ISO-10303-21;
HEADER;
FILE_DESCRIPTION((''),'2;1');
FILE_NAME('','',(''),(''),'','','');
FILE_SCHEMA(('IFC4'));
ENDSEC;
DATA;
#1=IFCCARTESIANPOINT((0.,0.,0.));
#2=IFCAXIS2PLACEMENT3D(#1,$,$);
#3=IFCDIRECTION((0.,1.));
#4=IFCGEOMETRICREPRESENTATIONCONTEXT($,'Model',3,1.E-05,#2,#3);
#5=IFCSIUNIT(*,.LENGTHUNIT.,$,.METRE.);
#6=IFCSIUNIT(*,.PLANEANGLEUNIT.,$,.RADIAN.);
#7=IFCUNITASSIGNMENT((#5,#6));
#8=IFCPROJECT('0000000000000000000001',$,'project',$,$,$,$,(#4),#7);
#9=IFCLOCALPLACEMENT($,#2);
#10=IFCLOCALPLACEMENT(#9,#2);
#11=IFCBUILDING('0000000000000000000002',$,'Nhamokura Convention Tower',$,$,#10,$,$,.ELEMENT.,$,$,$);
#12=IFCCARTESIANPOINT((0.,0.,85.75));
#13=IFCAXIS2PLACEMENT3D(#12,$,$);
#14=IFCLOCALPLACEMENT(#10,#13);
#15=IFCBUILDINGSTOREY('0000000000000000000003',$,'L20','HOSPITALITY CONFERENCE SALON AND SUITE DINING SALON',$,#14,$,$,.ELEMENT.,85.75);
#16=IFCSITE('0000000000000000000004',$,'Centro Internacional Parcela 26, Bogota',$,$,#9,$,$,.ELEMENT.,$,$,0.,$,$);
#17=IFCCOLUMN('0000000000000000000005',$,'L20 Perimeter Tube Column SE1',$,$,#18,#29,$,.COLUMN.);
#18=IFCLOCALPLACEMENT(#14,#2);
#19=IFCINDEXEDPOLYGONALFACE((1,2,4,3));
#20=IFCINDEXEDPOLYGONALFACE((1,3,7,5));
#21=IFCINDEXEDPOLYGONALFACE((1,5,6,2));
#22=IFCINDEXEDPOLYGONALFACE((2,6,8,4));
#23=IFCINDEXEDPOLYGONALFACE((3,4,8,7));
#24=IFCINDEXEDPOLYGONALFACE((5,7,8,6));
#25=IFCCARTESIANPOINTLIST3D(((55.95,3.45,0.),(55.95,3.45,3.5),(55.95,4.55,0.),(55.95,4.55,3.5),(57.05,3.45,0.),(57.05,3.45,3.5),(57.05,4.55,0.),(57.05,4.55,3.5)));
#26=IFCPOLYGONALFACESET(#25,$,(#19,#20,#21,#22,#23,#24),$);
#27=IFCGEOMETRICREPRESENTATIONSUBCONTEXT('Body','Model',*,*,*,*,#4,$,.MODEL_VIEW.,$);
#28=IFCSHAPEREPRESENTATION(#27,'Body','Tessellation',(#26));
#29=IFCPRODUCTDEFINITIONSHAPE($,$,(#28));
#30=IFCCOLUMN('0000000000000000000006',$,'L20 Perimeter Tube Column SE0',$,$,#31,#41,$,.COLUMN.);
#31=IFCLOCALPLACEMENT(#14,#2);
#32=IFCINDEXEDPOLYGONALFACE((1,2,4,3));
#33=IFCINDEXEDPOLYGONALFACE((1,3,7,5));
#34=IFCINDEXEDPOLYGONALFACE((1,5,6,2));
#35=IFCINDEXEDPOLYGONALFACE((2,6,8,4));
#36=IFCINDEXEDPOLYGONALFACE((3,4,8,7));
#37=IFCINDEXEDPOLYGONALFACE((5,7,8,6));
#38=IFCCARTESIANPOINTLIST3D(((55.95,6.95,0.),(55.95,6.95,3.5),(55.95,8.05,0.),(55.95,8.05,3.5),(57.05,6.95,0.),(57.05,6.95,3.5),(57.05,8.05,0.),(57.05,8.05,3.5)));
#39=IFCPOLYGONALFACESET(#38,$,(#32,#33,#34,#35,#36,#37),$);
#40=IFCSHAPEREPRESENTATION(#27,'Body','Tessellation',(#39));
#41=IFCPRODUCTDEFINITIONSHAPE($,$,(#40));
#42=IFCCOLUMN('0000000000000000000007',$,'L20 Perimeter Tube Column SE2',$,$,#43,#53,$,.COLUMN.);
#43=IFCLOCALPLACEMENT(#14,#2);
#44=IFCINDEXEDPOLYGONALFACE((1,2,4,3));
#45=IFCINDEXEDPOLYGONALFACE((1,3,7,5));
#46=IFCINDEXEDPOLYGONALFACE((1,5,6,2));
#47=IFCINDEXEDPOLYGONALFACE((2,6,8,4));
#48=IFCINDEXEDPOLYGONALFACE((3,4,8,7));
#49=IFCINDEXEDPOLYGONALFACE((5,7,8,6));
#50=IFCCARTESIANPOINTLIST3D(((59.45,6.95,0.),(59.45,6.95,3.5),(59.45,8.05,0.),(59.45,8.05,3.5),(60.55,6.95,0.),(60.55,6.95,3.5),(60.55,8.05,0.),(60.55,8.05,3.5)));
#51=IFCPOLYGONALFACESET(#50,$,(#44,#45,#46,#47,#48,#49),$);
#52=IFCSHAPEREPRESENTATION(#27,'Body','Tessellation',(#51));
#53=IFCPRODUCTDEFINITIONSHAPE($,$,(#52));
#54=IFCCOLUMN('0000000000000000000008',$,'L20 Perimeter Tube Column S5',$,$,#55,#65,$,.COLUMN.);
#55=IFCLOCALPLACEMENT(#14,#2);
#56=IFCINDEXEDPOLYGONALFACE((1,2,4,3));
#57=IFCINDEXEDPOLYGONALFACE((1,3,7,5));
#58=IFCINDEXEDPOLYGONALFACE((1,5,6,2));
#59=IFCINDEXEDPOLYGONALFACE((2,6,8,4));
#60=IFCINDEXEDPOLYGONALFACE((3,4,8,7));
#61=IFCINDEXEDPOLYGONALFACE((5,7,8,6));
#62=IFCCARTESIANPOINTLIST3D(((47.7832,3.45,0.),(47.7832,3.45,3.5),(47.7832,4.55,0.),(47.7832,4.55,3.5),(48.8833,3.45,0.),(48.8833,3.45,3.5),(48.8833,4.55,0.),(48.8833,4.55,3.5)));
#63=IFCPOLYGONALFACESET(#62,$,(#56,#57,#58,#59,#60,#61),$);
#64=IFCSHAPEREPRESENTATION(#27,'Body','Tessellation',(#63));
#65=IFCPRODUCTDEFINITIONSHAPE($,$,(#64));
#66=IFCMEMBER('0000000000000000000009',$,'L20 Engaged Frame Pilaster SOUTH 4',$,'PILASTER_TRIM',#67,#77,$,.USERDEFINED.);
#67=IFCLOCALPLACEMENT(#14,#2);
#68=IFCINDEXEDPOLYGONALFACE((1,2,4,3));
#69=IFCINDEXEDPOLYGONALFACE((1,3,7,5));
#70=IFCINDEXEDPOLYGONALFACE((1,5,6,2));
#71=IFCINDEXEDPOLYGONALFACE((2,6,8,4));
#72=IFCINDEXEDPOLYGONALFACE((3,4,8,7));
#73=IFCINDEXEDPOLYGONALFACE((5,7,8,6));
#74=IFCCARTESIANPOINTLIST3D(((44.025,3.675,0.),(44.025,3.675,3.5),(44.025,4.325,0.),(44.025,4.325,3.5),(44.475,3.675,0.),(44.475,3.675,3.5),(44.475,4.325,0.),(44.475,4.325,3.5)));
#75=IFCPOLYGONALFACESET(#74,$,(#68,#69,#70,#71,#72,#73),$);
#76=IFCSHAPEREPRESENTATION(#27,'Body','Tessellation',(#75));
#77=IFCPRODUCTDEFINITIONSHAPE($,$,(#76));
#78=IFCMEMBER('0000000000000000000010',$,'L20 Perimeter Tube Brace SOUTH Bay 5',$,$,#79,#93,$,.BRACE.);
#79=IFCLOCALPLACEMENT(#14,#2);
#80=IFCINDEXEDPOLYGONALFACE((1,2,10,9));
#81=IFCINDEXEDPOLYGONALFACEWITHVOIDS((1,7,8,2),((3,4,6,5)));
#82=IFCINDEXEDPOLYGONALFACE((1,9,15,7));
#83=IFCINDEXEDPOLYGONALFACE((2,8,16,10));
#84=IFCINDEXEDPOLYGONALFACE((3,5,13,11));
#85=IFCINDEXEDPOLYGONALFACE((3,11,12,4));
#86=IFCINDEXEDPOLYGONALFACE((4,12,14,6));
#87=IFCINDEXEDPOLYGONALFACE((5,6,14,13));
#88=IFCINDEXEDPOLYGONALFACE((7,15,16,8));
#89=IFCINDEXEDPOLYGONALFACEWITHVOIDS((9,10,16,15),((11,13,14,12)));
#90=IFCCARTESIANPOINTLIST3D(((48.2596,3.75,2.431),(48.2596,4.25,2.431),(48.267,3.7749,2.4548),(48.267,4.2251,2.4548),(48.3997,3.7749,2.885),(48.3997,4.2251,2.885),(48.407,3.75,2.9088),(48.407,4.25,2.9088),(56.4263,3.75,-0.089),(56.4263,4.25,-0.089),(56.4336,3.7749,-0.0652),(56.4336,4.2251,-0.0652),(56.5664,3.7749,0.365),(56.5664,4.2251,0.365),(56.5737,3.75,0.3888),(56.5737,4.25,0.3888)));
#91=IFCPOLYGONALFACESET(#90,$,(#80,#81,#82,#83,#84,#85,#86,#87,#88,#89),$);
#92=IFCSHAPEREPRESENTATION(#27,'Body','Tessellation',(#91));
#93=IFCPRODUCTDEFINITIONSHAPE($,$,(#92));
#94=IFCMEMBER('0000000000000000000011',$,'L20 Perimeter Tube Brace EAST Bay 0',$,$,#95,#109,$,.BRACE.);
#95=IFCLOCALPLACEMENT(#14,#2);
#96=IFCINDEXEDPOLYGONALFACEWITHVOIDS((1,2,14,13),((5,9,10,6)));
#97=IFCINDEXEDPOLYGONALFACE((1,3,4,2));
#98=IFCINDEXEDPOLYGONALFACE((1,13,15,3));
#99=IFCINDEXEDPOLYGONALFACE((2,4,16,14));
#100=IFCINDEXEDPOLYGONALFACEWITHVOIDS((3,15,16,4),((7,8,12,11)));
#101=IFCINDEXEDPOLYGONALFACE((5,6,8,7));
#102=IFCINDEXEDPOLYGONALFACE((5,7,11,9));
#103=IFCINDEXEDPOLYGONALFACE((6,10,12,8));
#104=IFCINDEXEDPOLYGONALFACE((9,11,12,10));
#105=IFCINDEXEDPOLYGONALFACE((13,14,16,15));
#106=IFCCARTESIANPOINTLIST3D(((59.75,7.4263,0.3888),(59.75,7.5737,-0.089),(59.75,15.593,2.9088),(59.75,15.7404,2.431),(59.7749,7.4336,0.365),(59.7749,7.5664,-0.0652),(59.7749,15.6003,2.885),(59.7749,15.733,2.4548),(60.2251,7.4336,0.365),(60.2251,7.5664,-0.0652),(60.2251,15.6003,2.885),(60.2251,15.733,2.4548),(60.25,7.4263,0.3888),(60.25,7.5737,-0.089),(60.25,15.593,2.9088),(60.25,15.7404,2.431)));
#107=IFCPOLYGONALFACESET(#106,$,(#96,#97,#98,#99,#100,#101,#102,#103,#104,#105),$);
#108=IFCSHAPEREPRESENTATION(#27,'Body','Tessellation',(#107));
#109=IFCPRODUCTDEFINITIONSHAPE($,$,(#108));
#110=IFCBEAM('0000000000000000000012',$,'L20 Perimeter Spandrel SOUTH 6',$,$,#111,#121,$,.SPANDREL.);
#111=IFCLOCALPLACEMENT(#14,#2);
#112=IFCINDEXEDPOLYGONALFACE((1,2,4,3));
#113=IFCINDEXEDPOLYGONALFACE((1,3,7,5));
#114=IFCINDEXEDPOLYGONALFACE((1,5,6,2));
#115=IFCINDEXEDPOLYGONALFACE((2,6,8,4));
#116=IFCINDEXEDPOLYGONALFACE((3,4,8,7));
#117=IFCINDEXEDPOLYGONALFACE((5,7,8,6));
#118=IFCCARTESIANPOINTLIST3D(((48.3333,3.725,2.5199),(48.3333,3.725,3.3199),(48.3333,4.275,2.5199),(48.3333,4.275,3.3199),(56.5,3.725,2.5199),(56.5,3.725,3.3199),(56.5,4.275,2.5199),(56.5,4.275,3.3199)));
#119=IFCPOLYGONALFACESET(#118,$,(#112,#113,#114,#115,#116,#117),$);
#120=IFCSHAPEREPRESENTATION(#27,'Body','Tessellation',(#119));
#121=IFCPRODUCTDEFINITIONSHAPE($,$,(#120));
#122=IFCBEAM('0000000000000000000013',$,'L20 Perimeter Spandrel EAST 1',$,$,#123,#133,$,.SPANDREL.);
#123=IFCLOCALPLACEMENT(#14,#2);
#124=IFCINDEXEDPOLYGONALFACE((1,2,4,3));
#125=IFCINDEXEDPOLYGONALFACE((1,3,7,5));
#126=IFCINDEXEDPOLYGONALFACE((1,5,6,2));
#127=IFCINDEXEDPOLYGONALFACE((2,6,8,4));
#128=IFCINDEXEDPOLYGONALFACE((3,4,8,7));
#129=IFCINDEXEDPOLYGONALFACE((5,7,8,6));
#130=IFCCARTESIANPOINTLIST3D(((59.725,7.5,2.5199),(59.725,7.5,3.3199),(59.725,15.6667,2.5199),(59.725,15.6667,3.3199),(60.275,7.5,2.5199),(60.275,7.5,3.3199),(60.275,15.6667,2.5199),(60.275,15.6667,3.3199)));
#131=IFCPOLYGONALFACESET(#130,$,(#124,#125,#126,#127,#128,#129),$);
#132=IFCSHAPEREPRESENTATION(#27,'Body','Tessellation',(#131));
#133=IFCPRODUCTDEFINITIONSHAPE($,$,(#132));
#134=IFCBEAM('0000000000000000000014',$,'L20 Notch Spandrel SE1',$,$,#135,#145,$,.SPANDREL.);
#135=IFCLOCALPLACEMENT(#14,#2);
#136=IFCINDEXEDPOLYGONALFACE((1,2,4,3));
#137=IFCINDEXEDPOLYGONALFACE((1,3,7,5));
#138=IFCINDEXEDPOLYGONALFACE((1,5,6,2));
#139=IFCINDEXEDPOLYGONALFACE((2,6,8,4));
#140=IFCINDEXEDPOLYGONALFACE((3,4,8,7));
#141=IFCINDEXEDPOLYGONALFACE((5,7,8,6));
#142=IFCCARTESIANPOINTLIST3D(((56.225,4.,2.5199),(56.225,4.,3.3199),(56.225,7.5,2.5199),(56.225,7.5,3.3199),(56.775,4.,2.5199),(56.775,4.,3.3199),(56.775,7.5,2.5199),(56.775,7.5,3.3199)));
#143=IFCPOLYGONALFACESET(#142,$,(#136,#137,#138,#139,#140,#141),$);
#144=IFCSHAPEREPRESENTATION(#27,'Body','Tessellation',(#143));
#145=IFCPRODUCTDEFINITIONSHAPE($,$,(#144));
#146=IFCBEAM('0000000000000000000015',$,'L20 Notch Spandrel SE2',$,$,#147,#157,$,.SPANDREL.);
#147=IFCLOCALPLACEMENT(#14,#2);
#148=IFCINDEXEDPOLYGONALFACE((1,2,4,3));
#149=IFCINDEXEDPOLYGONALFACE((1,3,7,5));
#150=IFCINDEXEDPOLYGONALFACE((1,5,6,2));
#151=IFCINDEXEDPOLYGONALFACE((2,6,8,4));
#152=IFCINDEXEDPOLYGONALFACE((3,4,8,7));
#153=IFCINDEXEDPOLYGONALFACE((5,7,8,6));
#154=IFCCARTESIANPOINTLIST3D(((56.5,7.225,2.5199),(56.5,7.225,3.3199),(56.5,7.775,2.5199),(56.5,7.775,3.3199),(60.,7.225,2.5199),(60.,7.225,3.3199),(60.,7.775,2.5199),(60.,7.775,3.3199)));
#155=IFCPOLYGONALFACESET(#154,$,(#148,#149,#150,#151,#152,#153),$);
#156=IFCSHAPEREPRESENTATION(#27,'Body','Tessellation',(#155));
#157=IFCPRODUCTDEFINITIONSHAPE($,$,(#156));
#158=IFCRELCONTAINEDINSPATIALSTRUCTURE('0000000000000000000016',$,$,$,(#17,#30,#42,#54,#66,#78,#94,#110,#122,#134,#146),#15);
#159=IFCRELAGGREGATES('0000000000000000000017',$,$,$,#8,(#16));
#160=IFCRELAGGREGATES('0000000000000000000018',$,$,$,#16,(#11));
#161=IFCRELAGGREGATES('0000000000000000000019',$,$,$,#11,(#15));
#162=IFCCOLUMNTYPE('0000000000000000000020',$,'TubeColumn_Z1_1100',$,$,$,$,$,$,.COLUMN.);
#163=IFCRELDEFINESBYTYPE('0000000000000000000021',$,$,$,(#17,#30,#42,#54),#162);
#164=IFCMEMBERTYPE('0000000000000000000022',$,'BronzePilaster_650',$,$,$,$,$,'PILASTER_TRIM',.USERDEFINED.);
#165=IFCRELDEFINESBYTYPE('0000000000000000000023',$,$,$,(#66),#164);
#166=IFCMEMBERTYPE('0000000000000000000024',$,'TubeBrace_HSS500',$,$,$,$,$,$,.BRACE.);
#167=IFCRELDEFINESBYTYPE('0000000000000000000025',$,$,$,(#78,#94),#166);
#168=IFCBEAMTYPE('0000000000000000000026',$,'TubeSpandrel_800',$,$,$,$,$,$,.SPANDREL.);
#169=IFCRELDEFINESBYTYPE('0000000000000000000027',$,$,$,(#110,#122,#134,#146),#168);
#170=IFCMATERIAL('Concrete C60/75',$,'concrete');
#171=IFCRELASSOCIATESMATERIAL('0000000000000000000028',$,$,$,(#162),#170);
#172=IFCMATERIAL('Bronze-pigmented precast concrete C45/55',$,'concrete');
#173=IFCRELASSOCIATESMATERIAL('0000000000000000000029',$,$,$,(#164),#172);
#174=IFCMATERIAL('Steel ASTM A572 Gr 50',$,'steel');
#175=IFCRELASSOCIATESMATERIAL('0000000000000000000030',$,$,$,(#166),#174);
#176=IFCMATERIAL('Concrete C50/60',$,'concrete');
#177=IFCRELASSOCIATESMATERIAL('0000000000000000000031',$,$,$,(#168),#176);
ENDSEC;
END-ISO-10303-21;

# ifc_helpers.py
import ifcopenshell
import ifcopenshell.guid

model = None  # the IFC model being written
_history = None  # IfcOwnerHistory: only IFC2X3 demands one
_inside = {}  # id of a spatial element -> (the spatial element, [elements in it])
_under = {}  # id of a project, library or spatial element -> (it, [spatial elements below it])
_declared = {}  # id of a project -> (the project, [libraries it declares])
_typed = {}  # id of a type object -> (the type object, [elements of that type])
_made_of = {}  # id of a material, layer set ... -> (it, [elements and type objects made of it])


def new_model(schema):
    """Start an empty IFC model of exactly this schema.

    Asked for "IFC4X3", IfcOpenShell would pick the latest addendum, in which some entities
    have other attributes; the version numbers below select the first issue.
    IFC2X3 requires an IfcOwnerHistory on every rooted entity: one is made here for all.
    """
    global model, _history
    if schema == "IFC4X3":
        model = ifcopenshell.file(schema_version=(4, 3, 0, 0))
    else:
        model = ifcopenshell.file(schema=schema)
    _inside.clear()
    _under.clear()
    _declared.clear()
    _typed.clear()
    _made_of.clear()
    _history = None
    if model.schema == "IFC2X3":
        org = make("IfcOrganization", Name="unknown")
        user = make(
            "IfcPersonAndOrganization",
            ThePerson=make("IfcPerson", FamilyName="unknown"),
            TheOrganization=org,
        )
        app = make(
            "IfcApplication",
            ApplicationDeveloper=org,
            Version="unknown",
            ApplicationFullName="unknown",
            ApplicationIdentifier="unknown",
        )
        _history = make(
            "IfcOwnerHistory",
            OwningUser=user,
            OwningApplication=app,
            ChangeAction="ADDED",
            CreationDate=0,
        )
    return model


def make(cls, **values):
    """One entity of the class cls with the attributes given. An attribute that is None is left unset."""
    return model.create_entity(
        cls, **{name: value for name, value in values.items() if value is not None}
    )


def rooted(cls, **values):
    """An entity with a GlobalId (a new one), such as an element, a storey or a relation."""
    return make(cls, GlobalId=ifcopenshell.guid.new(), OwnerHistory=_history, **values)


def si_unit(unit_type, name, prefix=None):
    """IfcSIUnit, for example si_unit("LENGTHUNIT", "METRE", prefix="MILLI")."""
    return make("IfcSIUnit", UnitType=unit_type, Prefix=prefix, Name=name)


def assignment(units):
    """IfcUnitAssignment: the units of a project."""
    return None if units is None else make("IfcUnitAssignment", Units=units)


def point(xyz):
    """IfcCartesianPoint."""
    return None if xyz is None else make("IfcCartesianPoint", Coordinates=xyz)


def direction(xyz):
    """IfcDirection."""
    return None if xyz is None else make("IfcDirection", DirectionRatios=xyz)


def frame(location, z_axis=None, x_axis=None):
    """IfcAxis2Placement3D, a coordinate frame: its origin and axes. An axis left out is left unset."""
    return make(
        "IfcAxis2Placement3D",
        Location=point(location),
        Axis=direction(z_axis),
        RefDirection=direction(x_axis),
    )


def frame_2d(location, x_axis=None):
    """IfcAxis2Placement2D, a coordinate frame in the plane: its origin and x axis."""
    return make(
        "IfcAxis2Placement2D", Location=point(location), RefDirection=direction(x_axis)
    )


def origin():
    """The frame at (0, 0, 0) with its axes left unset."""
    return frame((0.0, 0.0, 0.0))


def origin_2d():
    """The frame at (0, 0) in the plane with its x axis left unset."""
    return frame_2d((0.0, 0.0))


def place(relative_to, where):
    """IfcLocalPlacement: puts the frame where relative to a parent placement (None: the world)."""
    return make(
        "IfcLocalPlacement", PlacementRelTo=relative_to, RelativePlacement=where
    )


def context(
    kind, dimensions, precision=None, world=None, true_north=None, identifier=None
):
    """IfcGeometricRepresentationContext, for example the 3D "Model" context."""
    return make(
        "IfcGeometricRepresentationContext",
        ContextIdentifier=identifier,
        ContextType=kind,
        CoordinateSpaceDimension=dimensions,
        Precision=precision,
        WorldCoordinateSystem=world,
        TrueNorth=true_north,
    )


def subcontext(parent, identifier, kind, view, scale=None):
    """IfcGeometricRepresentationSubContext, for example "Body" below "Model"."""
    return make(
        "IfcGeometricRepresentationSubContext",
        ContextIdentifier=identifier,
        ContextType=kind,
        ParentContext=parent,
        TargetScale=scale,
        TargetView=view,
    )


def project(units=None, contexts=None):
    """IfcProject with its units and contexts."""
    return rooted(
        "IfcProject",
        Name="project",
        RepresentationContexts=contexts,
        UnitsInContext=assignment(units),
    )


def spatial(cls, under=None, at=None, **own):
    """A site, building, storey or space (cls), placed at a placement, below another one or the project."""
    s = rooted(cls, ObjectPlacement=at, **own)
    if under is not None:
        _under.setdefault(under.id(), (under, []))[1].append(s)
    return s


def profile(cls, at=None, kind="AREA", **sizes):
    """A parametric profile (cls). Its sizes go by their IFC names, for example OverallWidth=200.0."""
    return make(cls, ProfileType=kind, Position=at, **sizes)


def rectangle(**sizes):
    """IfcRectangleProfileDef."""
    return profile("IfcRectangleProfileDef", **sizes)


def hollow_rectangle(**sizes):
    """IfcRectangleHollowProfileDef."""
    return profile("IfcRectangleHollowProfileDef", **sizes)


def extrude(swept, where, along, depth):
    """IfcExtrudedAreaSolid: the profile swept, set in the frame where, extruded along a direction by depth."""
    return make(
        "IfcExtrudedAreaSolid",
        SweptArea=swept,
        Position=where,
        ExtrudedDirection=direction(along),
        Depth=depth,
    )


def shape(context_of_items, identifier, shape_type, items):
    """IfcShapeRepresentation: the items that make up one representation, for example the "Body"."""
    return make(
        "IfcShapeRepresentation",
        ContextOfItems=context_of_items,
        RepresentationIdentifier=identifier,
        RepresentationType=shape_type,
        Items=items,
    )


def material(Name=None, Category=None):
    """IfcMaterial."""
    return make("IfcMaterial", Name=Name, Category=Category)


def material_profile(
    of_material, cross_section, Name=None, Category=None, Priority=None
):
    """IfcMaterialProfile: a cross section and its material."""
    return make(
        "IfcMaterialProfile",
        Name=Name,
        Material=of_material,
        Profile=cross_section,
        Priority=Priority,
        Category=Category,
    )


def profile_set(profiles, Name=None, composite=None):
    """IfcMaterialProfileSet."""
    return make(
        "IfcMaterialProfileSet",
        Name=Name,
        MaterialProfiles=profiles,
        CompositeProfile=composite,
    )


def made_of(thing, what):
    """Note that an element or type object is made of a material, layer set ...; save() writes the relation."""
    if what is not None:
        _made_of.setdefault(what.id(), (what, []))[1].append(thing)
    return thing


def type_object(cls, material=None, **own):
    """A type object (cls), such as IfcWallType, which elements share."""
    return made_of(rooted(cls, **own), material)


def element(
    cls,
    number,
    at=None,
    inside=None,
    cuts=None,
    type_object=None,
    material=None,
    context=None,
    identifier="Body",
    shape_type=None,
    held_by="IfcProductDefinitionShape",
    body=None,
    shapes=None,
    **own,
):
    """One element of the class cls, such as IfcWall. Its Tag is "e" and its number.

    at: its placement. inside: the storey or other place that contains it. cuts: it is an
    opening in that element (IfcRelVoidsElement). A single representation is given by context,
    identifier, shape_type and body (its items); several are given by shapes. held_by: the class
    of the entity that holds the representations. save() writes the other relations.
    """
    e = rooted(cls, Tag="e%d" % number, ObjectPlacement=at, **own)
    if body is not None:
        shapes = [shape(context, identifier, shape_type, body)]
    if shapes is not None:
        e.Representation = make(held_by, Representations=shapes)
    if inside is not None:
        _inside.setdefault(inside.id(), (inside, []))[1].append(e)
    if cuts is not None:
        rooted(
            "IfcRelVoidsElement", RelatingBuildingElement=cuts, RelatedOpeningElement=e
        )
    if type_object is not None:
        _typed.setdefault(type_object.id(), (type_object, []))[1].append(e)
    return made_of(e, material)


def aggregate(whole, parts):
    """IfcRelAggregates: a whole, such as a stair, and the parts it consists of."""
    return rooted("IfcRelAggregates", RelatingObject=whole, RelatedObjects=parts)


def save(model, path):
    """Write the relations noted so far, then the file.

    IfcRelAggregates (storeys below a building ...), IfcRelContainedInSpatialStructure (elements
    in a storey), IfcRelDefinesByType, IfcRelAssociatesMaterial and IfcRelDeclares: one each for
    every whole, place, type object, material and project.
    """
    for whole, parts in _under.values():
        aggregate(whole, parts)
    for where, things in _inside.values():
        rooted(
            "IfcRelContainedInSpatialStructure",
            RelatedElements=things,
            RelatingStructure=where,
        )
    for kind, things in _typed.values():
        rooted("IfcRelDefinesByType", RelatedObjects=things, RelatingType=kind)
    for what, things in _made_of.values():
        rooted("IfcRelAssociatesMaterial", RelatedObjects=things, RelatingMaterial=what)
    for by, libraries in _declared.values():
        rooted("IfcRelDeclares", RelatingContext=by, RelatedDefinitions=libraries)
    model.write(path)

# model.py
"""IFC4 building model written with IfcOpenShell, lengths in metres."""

from ifc_helpers import new_model, si_unit, direction, frame, origin, origin_2d, place, context, subcontext, project, spatial, rectangle, hollow_rectangle, extrude, material, material_profile, profile_set, type_object, element, save


model = new_model("IFC4")

# Units and contexts
model_context = context("Model", 3, precision=1e-05, world=origin(), true_north=direction((0.0, 1.0)))
body_context = subcontext(model_context, "Body", "Model", "MODEL_VIEW")
ifc_project = project(units=[si_unit("LENGTHUNIT", "METRE"), si_unit("PLANEANGLEUNIT", "RADIAN")], contexts=[model_context])

# Site, building, storey
site_placement = place(None, origin())
site = spatial("IfcSite", under=ifc_project, at=site_placement, Name="Centro Internacional Parcela 26, Bogota", CompositionType="ELEMENT", RefElevation=0.0)
building_placement = place(site_placement, origin())
building = spatial("IfcBuilding", under=site, at=building_placement, Name="Nhamokura Convention Tower", CompositionType="ELEMENT")
storey_placement = place(building_placement, frame((0.0, 0.0, 85.75)))
storey = spatial("IfcBuildingStorey", under=building, at=storey_placement, Name="L20", Description="HOSPITALITY CONFERENCE SALON AND SUITE DINING SALON", CompositionType="ELEMENT", Elevation=85.75)

# Columns
ifc_material_1 = material(Name="Concrete C60/75", Category="concrete")
ifc_material_profile_1 = material_profile(ifc_material_1, rectangle(XDim=1.1001, YDim=1.1001, at=origin_2d()))
ifc_profile_set_1 = profile_set([ifc_material_profile_1], Name="Concrete C60/75")
column_type = type_object("IfcColumnType", Name="TubeColumn_Z1_1100", PredefinedType="COLUMN", material=ifc_profile_set_1)
for number, where, z_axis, x_axis, name in (
    (1, (56.5, 4.0, 0.0), (0.0, 0.0, 1.0), (1.0, 0.0, 0.0), "L20 Perimeter Tube Column SE1"),
    (2, (56.5, 7.5, 0.0), (0.0, 0.0, 1.0), (1.0, 0.0, 0.0), "L20 Perimeter Tube Column SE0"),
    (3, (60.0, 7.5, 0.0), (0.0, 0.0, 1.0), (1.0, 0.0, 0.0), "L20 Perimeter Tube Column SE2"),
    (4, (48.3333, 4.0, 0.0), (0.0, 0.0, 1.0), (1.0, 0.0, 0.0), "L20 Perimeter Tube Column S5"),
):
    element("IfcColumn", number, at=place(storey_placement, frame(where, z_axis=z_axis, x_axis=x_axis)), inside=storey, type_object=column_type, Name=name, PredefinedType="COLUMN", context=body_context, shape_type="SweptSolid", body=[
        extrude(rectangle(XDim=1.1001, YDim=1.1001, at=origin_2d()), origin(), (0.0, 0.0, 1.0), 3.5),
    ])

# Members
ifc_material_2 = material(Name="Bronze-pigmented precast concrete C45/55", Category="concrete")
ifc_material_profile_2 = material_profile(ifc_material_2, rectangle(XDim=0.45, YDim=0.6499, at=origin_2d()))
ifc_profile_set_2 = profile_set([ifc_material_profile_2], Name="Bronze-pigmented precast concrete C45/55")
member_type_1 = type_object("IfcMemberType", Name="BronzePilaster_650", ElementType="PILASTER_TRIM", PredefinedType="USERDEFINED", material=ifc_profile_set_2)
member_placement = place(storey_placement, frame((44.25, 4.0, 0.0), z_axis=(0.0, 0.0, 1.0), x_axis=(1.0, 0.0, 0.0)))
element("IfcMember", 5, at=member_placement, inside=storey, type_object=member_type_1, Name="L20 Engaged Frame Pilaster SOUTH 4", ObjectType="PILASTER_TRIM", PredefinedType="USERDEFINED", context=body_context, shape_type="SweptSolid", body=[
    extrude(rectangle(XDim=0.45, YDim=0.6499, at=origin_2d()), origin(), (0.0, 0.0, 1.0), 3.5),
])
ifc_material_3 = material(Name="Steel ASTM A572 Gr 50", Category="steel")
ifc_material_profile_3 = material_profile(ifc_material_3, hollow_rectangle(XDim=0.5, YDim=0.5, WallThickness=0.0249, at=origin_2d()))
ifc_profile_set_3 = profile_set([ifc_material_profile_3], Name="Steel ASTM A572 Gr 50")
member_type_2 = type_object("IfcMemberType", Name="TubeBrace_HSS500", PredefinedType="BRACE", material=ifc_profile_set_3)
for number, where, z_axis, x_axis, name in (
    (6, (56.5, 4.0, 0.1499), (-0.955543, 0.0, 0.294853), (0.0, -1.0, 0.0), "L20 Perimeter Tube Brace SOUTH Bay 5"),
    (7, (60.0, 7.5, 0.1499), (0.0, 0.955543, 0.294853), (-1.0, 0.0, 0.0), "L20 Perimeter Tube Brace EAST Bay 0"),
):
    element("IfcMember", number, at=place(storey_placement, frame(where, z_axis=z_axis, x_axis=x_axis)), inside=storey, type_object=member_type_2, Name=name, PredefinedType="BRACE", context=body_context, shape_type="SweptSolid", body=[
        extrude(hollow_rectangle(XDim=0.5, YDim=0.5, WallThickness=0.0249, at=origin_2d()), origin(), (0.0, 0.0, 1.0), 8.5466),
    ])

# Beams
ifc_material_4 = material(Name="Concrete C50/60", Category="concrete")
ifc_material_profile_4 = material_profile(ifc_material_4, rectangle(XDim=0.55, YDim=0.8, at=origin_2d()))
ifc_profile_set_4 = profile_set([ifc_material_profile_4], Name="Concrete C50/60")
beam_type = type_object("IfcBeamType", Name="TubeSpandrel_800", PredefinedType="SPANDREL", material=ifc_profile_set_4)
for number, where, z_axis, x_axis, name in (
    (8, (48.3333, 4.0, 2.9199), (1.0, 0.0, 0.0), (0.0, 1.0, 0.0), "L20 Perimeter Spandrel SOUTH 6"),
    (9, (60.0, 7.5, 2.9199), (0.0, 1.0, 0.0), (-1.0, 0.0, 0.0), "L20 Perimeter Spandrel EAST 1"),
):
    element("IfcBeam", number, at=place(storey_placement, frame(where, z_axis=z_axis, x_axis=x_axis)), inside=storey, type_object=beam_type, Name=name, PredefinedType="SPANDREL", context=body_context, shape_type="SweptSolid", body=[
        extrude(rectangle(XDim=0.55, YDim=0.8, at=origin_2d()), origin(), (0.0, 0.0, 1.0), 8.1667),
    ])
for number, where, z_axis, x_axis, name in (
    (10, (56.5, 4.0, 2.9199), (0.0, 1.0, 0.0), (-1.0, 0.0, 0.0), "L20 Notch Spandrel SE1"),
    (11, (56.5, 7.5, 2.9199), (1.0, 0.0, 0.0), (0.0, 1.0, 0.0), "L20 Notch Spandrel SE2"),
):
    element("IfcBeam", number, at=place(storey_placement, frame(where, z_axis=z_axis, x_axis=x_axis)), inside=storey, type_object=beam_type, Name=name, PredefinedType="SPANDREL", context=body_context, shape_type="SweptSolid", body=[
        extrude(rectangle(XDim=0.55, YDim=0.8, at=origin_2d()), origin(), (0.0, 0.0, 1.0), 3.5),
    ])

save(model, "model.ifc")
